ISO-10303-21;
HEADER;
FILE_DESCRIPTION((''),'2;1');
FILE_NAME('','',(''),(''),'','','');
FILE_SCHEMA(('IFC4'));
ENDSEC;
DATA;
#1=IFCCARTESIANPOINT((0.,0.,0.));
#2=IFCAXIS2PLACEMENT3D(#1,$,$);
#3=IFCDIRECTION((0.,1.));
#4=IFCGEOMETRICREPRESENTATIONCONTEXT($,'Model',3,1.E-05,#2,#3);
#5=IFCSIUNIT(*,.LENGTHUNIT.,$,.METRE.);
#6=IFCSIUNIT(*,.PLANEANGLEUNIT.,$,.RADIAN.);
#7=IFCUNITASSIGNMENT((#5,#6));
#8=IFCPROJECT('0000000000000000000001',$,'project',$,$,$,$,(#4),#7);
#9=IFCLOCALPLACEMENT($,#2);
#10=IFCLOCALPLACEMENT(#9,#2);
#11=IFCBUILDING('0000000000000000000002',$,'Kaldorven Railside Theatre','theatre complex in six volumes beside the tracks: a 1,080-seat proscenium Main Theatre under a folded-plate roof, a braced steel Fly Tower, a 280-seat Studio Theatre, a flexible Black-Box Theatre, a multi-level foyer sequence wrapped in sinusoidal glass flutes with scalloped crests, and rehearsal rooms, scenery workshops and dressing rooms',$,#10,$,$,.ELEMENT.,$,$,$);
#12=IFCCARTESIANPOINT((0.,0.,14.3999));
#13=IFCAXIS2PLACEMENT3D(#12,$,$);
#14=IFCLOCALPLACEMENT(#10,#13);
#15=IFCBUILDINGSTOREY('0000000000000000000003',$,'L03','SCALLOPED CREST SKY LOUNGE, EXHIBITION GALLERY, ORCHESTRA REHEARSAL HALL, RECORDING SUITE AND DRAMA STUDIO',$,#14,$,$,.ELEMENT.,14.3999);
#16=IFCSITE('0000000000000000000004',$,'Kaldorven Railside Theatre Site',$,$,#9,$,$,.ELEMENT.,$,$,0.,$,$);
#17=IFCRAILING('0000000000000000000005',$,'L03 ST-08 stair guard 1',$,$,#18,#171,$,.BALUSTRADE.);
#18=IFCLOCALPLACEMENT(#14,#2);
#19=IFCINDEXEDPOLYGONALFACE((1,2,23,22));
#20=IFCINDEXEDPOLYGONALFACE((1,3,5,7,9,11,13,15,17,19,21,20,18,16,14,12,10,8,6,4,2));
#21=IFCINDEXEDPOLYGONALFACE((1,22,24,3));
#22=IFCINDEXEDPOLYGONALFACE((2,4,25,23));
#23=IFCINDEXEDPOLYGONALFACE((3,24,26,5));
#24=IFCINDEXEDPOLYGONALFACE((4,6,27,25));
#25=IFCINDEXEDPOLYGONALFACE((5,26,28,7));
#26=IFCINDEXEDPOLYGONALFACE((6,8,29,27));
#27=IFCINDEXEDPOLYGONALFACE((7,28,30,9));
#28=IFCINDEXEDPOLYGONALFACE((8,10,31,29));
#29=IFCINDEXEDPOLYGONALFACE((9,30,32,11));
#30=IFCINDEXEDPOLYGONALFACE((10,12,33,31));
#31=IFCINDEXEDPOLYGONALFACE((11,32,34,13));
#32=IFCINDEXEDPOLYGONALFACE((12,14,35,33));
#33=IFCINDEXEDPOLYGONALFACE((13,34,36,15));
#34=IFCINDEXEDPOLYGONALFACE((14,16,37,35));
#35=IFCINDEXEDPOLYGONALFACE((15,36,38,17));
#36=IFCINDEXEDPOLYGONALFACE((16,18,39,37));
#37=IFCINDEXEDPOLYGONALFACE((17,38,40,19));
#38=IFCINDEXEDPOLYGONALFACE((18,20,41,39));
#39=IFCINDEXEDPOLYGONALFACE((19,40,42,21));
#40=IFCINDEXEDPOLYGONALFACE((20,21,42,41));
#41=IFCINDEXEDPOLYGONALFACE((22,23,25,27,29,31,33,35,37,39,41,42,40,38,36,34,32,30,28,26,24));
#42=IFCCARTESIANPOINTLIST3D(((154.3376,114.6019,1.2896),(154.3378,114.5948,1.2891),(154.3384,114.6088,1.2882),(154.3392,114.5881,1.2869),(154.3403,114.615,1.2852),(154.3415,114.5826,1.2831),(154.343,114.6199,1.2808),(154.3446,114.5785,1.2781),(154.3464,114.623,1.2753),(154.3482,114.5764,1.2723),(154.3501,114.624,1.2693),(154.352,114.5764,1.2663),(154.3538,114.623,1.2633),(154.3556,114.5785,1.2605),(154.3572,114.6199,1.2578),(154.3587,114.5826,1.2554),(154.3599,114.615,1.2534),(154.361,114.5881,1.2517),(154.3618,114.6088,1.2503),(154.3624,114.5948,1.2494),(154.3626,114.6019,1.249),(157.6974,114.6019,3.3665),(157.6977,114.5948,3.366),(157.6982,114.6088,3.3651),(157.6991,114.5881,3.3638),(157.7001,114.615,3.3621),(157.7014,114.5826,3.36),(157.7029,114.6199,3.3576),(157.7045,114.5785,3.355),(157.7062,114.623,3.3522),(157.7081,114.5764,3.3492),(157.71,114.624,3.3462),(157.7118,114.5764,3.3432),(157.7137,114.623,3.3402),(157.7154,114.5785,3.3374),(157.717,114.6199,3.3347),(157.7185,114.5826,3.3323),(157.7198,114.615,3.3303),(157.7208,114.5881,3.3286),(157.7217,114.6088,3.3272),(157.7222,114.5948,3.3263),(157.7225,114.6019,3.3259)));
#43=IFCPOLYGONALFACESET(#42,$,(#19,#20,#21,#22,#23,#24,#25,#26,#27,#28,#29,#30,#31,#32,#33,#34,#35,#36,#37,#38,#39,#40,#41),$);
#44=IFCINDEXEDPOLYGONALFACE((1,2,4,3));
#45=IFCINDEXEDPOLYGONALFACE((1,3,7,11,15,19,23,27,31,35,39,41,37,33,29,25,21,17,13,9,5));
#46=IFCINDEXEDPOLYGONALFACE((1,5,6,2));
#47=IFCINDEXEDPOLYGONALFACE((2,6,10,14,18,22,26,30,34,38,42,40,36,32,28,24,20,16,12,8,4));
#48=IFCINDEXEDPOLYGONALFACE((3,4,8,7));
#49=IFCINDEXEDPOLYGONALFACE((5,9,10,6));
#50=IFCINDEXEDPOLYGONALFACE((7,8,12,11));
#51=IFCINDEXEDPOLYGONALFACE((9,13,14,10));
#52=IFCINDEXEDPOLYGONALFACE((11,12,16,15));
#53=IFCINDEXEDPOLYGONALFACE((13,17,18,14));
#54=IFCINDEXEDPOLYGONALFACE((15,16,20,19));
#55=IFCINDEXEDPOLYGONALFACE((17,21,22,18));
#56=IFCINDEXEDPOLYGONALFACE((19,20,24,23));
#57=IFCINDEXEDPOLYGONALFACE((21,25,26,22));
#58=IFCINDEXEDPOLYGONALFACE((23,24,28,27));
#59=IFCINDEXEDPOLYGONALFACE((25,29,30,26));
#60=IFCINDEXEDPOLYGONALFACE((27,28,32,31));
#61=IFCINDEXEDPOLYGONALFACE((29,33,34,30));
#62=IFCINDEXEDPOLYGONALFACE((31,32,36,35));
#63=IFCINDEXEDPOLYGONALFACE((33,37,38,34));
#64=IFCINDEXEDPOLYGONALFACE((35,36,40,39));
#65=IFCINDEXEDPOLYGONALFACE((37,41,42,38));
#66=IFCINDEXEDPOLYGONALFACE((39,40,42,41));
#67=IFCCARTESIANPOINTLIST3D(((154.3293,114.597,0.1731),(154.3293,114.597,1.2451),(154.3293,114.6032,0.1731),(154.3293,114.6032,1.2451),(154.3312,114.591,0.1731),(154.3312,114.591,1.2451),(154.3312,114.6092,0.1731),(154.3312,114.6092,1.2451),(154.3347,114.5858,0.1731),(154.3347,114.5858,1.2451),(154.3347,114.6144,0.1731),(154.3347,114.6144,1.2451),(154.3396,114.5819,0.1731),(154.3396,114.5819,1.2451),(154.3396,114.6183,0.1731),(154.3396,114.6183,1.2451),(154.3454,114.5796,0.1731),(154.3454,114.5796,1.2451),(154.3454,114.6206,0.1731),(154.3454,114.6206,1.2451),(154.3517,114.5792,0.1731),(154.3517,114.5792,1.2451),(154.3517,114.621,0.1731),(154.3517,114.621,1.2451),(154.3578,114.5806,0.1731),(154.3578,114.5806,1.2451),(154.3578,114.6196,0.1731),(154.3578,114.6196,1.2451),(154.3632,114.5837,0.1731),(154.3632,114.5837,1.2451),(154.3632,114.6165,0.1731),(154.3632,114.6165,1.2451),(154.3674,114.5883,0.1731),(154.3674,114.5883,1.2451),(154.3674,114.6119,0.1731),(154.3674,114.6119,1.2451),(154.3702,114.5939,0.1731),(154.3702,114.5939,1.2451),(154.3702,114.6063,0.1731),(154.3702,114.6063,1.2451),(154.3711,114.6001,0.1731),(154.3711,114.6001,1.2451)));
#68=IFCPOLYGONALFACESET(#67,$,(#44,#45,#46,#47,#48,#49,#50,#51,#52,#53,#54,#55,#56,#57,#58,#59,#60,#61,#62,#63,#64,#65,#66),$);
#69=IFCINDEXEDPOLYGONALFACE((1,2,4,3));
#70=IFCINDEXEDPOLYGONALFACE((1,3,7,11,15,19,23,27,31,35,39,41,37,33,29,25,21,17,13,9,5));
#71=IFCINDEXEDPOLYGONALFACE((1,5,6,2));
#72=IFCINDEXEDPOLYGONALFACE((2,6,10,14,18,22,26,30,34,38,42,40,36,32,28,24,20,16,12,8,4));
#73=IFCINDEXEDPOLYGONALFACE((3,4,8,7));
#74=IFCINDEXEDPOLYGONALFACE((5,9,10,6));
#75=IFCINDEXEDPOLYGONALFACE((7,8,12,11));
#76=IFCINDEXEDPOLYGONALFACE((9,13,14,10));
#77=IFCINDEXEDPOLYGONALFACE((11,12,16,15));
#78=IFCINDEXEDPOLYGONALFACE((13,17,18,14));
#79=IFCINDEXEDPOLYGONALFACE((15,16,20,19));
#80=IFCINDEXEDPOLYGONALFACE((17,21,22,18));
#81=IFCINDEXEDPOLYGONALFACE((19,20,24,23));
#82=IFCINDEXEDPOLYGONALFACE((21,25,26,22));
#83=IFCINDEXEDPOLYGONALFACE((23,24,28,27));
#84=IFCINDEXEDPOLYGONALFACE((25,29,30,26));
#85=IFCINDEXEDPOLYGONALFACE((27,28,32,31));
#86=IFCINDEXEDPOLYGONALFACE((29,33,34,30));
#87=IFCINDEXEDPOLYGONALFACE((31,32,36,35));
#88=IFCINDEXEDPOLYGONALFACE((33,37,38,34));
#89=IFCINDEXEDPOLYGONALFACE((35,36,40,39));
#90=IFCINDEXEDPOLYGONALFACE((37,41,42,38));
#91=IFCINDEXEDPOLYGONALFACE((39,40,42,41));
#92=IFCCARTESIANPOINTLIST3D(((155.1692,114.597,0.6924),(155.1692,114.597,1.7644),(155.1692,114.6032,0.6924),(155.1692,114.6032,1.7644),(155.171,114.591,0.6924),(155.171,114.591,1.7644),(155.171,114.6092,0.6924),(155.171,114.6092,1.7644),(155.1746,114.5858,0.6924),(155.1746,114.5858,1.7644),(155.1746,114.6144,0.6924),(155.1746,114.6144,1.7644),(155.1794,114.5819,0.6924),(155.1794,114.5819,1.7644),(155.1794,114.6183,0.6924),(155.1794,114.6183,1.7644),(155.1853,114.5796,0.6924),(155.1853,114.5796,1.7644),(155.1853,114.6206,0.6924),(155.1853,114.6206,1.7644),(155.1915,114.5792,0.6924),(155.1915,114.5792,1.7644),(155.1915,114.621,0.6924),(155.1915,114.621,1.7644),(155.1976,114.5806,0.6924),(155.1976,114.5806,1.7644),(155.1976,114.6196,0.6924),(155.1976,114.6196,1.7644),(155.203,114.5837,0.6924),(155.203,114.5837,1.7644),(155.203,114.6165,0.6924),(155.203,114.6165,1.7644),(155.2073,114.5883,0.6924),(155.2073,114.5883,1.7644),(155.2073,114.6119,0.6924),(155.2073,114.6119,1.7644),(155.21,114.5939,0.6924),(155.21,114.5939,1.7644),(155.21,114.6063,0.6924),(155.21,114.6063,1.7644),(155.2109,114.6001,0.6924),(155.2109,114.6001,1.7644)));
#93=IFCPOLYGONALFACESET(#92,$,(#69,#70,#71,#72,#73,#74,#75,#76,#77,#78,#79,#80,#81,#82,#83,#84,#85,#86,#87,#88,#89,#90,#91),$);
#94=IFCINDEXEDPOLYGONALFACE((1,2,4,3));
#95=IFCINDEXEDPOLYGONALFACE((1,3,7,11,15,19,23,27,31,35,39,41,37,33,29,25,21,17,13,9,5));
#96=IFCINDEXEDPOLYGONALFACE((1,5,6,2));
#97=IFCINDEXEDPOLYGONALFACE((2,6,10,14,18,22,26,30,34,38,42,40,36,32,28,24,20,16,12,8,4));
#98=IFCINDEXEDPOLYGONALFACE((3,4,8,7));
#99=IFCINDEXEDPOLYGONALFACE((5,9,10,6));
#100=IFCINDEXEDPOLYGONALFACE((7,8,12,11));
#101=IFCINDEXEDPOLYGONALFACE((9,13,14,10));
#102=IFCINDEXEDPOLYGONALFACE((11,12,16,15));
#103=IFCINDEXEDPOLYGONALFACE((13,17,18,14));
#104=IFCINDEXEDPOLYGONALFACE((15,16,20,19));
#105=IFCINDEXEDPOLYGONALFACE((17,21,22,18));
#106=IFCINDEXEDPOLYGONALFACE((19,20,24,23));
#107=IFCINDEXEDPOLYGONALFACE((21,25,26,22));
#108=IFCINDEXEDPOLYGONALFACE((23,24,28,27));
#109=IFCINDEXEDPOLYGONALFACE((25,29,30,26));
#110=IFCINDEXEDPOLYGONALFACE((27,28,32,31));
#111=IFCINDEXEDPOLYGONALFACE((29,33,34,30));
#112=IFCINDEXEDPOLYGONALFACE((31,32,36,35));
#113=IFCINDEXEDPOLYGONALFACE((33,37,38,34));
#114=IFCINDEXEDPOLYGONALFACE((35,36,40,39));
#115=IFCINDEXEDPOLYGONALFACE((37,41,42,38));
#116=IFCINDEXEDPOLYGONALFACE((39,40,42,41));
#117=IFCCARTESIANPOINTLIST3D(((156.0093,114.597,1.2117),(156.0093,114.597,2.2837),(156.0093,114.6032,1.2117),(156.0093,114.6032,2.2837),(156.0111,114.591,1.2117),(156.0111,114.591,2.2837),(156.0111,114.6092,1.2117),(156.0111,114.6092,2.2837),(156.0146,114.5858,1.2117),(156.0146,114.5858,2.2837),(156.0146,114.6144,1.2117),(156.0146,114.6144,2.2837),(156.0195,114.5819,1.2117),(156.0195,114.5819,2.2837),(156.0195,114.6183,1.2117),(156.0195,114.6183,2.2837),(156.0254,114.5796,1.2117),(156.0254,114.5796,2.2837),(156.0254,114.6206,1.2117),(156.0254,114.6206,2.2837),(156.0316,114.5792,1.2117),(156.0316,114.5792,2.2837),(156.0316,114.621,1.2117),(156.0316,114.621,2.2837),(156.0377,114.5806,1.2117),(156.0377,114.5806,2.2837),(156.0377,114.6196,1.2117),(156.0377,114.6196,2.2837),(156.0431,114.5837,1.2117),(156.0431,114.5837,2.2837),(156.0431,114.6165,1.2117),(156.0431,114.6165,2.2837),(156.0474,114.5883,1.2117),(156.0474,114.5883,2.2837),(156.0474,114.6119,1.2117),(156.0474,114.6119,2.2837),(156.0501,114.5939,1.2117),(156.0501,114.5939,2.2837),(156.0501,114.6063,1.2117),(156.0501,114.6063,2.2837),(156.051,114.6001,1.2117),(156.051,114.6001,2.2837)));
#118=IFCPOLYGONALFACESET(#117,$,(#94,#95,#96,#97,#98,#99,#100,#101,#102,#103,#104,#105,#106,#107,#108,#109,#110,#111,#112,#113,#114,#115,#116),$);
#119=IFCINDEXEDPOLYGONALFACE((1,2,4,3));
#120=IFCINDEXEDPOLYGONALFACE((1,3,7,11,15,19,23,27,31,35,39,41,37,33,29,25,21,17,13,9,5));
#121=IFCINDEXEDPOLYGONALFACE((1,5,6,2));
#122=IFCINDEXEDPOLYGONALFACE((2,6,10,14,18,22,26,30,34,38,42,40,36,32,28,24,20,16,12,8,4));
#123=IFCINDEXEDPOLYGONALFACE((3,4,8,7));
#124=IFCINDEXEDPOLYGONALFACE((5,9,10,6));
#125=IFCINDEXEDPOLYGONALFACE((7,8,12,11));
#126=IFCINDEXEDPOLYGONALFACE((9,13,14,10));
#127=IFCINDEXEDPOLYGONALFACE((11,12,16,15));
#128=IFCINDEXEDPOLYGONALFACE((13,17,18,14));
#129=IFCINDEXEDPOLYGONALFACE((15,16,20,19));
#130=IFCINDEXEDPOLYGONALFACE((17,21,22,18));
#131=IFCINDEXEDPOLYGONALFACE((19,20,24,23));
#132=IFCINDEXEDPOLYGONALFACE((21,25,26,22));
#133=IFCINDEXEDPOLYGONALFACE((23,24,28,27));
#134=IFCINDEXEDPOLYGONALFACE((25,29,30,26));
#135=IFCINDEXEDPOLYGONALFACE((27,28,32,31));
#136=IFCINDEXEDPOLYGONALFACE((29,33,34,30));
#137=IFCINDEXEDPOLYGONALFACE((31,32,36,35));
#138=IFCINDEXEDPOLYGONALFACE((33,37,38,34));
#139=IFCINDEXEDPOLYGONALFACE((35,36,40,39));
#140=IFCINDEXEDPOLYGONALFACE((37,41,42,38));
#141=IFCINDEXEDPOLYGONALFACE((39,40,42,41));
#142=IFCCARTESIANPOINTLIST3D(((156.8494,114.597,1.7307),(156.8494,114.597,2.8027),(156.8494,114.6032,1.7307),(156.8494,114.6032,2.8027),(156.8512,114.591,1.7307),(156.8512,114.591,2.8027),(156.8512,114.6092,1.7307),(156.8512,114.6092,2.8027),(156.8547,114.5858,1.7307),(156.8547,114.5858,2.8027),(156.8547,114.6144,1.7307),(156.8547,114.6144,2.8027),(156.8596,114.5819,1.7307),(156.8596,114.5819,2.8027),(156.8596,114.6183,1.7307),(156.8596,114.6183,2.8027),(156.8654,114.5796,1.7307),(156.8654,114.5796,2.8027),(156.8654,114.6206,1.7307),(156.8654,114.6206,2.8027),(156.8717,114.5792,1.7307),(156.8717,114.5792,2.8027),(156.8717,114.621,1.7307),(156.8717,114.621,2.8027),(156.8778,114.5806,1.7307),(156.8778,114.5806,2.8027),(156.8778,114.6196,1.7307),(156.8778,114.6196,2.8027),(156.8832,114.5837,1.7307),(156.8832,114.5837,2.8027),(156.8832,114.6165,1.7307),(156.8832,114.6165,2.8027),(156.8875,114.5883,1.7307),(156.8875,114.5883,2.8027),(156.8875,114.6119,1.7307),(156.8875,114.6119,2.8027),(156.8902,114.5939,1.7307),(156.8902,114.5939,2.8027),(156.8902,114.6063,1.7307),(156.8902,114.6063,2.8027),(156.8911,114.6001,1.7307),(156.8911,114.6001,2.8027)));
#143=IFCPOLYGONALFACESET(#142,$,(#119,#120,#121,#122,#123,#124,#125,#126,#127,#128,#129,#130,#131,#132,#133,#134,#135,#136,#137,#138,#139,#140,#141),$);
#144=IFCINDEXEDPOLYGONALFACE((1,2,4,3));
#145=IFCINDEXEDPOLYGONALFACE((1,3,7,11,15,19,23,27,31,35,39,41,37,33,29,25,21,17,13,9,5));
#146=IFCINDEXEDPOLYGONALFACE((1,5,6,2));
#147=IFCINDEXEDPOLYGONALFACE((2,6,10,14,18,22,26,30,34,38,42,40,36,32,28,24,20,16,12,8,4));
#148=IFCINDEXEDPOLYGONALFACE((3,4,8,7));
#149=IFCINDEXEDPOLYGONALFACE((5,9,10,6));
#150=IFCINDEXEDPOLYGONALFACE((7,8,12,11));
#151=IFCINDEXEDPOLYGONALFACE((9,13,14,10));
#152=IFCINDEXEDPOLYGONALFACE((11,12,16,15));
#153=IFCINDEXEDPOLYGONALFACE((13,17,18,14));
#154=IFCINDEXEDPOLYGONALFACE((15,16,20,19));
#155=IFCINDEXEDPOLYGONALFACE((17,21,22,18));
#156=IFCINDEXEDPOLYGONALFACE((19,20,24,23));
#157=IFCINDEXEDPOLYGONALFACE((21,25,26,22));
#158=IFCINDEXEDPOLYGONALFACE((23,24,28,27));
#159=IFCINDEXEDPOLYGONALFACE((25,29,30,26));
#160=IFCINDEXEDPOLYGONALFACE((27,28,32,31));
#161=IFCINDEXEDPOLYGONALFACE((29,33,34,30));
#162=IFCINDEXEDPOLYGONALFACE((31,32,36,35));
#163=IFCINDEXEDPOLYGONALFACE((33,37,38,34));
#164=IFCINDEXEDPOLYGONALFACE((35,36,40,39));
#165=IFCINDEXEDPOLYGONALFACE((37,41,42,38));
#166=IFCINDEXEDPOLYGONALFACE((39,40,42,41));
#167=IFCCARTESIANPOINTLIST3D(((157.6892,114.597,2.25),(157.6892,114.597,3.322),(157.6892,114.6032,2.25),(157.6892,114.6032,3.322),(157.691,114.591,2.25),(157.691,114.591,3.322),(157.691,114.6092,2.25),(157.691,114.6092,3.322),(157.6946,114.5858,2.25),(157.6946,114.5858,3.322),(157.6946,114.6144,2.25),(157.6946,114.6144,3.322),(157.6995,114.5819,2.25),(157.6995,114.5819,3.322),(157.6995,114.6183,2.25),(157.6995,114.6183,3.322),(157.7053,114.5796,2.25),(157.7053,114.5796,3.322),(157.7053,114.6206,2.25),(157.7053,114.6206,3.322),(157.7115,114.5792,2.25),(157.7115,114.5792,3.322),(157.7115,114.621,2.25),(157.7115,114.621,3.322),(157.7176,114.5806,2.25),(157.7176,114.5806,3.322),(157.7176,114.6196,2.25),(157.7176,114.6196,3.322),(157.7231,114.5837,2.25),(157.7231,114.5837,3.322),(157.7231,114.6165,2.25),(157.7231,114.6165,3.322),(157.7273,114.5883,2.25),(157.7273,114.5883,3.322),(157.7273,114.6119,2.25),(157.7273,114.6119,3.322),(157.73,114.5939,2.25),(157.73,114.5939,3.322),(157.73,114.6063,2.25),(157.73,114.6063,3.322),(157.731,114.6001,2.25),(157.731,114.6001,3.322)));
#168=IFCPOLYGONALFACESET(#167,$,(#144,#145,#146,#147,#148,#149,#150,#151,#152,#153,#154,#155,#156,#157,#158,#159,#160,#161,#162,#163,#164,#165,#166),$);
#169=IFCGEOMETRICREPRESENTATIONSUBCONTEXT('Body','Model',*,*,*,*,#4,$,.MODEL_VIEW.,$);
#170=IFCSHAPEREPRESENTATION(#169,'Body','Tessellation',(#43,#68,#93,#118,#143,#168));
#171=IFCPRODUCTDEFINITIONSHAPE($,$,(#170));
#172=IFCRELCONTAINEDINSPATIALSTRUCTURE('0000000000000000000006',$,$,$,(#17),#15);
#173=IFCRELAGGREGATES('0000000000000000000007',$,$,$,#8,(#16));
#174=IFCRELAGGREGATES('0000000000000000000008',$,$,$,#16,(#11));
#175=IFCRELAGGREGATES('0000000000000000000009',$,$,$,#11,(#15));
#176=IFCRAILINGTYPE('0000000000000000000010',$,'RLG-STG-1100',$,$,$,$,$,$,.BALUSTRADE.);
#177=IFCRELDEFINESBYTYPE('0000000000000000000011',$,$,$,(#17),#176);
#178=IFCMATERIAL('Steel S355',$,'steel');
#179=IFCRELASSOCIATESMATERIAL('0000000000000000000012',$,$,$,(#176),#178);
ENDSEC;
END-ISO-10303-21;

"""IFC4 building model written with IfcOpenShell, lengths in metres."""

from ifc_helpers import new_model, si_unit, direction, frame, origin, origin_2d, place, context, subcontext, project, spatial, circle, extrude, material, type_object, element, save


model = new_model("IFC4")

# Units and contexts
model_context = context("Model", 3, precision=1e-05, world=origin(), true_north=direction((0.0, 1.0)))
body_context = subcontext(model_context, "Body", "Model", "MODEL_VIEW")
ifc_project = project(units=[si_unit("LENGTHUNIT", "METRE"), si_unit("PLANEANGLEUNIT", "RADIAN")], contexts=[model_context])

# Site, building, storey
site_placement = place(None, origin())
site = spatial("IfcSite", under=ifc_project, at=site_placement, Name="Kaldorven Railside Theatre Site", CompositionType="ELEMENT", RefElevation=0.0)
building_placement = place(site_placement, origin())
building = spatial("IfcBuilding", under=site, at=building_placement, Name="Kaldorven Railside Theatre", Description="theatre complex in six volumes beside the tracks: a 1,080-seat proscenium Main Theatre under a folded-plate roof, a braced steel Fly Tower, a 280-seat Studio Theatre, a flexible Black-Box Theatre, a multi-level foyer sequence wrapped in sinusoidal glass flutes with scalloped crests, and rehearsal rooms, scenery workshops and dressing rooms", CompositionType="ELEMENT")
storey_placement = place(building_placement, frame((0.0, 0.0, 14.3999)))
storey = spatial("IfcBuildingStorey", under=building, at=storey_placement, Name="L03", Description="SCALLOPED CREST SKY LOUNGE, EXHIBITION GALLERY, ORCHESTRA REHEARSAL HALL, RECORDING SUITE AND DRAMA STUDIO", CompositionType="ELEMENT", Elevation=14.3999)

# Shared definitions
ifc_material_1 = material(Name="Steel S355", Category="steel")

# Railing
railing_type_1 = type_object("IfcRailingType", Name="RLG-STG-1100", PredefinedType="BALUSTRADE", material=ifc_material_1)
railing_1_placement = place(storey_placement, frame((154.3501, 114.6001, 0.1731)))
element("IfcRailing", 1, at=railing_1_placement, inside=storey, type_object=railing_type_1, Name="L03 ST-08 stair guard 1", PredefinedType="BALUSTRADE", context=body_context, shape_type="SweptSolid", body=[
    extrude(circle(Radius=0.0239, at=origin_2d()), frame((0.0, 0.0, 1.0962), z_axis=(0.850606, 0.0, 0.525803), x_axis=(0.0, 1.0, 0.0)), (0.0, 0.0, 1.0), 3.95),
    extrude(circle(Radius=0.021, at=origin_2d()), origin(), (0.0, 0.0, 1.0), 1.072),
    extrude(circle(Radius=0.021, at=origin_2d()), frame((0.8398, 0.0, 0.5193)), (0.0, 0.0, 1.0), 1.072),
    extrude(circle(Radius=0.021, at=origin_2d()), frame((1.6799, 0.0, 1.0386)), (0.0, 0.0, 1.0), 1.072),
    extrude(circle(Radius=0.021, at=origin_2d()), frame((2.52, 0.0, 1.5576)), (0.0, 0.0, 1.0), 1.072),
    extrude(circle(Radius=0.021, at=origin_2d()), frame((3.3599, 0.0, 2.0769)), (0.0, 0.0, 1.0), 1.072),
])

save(model, "model.ifc")
